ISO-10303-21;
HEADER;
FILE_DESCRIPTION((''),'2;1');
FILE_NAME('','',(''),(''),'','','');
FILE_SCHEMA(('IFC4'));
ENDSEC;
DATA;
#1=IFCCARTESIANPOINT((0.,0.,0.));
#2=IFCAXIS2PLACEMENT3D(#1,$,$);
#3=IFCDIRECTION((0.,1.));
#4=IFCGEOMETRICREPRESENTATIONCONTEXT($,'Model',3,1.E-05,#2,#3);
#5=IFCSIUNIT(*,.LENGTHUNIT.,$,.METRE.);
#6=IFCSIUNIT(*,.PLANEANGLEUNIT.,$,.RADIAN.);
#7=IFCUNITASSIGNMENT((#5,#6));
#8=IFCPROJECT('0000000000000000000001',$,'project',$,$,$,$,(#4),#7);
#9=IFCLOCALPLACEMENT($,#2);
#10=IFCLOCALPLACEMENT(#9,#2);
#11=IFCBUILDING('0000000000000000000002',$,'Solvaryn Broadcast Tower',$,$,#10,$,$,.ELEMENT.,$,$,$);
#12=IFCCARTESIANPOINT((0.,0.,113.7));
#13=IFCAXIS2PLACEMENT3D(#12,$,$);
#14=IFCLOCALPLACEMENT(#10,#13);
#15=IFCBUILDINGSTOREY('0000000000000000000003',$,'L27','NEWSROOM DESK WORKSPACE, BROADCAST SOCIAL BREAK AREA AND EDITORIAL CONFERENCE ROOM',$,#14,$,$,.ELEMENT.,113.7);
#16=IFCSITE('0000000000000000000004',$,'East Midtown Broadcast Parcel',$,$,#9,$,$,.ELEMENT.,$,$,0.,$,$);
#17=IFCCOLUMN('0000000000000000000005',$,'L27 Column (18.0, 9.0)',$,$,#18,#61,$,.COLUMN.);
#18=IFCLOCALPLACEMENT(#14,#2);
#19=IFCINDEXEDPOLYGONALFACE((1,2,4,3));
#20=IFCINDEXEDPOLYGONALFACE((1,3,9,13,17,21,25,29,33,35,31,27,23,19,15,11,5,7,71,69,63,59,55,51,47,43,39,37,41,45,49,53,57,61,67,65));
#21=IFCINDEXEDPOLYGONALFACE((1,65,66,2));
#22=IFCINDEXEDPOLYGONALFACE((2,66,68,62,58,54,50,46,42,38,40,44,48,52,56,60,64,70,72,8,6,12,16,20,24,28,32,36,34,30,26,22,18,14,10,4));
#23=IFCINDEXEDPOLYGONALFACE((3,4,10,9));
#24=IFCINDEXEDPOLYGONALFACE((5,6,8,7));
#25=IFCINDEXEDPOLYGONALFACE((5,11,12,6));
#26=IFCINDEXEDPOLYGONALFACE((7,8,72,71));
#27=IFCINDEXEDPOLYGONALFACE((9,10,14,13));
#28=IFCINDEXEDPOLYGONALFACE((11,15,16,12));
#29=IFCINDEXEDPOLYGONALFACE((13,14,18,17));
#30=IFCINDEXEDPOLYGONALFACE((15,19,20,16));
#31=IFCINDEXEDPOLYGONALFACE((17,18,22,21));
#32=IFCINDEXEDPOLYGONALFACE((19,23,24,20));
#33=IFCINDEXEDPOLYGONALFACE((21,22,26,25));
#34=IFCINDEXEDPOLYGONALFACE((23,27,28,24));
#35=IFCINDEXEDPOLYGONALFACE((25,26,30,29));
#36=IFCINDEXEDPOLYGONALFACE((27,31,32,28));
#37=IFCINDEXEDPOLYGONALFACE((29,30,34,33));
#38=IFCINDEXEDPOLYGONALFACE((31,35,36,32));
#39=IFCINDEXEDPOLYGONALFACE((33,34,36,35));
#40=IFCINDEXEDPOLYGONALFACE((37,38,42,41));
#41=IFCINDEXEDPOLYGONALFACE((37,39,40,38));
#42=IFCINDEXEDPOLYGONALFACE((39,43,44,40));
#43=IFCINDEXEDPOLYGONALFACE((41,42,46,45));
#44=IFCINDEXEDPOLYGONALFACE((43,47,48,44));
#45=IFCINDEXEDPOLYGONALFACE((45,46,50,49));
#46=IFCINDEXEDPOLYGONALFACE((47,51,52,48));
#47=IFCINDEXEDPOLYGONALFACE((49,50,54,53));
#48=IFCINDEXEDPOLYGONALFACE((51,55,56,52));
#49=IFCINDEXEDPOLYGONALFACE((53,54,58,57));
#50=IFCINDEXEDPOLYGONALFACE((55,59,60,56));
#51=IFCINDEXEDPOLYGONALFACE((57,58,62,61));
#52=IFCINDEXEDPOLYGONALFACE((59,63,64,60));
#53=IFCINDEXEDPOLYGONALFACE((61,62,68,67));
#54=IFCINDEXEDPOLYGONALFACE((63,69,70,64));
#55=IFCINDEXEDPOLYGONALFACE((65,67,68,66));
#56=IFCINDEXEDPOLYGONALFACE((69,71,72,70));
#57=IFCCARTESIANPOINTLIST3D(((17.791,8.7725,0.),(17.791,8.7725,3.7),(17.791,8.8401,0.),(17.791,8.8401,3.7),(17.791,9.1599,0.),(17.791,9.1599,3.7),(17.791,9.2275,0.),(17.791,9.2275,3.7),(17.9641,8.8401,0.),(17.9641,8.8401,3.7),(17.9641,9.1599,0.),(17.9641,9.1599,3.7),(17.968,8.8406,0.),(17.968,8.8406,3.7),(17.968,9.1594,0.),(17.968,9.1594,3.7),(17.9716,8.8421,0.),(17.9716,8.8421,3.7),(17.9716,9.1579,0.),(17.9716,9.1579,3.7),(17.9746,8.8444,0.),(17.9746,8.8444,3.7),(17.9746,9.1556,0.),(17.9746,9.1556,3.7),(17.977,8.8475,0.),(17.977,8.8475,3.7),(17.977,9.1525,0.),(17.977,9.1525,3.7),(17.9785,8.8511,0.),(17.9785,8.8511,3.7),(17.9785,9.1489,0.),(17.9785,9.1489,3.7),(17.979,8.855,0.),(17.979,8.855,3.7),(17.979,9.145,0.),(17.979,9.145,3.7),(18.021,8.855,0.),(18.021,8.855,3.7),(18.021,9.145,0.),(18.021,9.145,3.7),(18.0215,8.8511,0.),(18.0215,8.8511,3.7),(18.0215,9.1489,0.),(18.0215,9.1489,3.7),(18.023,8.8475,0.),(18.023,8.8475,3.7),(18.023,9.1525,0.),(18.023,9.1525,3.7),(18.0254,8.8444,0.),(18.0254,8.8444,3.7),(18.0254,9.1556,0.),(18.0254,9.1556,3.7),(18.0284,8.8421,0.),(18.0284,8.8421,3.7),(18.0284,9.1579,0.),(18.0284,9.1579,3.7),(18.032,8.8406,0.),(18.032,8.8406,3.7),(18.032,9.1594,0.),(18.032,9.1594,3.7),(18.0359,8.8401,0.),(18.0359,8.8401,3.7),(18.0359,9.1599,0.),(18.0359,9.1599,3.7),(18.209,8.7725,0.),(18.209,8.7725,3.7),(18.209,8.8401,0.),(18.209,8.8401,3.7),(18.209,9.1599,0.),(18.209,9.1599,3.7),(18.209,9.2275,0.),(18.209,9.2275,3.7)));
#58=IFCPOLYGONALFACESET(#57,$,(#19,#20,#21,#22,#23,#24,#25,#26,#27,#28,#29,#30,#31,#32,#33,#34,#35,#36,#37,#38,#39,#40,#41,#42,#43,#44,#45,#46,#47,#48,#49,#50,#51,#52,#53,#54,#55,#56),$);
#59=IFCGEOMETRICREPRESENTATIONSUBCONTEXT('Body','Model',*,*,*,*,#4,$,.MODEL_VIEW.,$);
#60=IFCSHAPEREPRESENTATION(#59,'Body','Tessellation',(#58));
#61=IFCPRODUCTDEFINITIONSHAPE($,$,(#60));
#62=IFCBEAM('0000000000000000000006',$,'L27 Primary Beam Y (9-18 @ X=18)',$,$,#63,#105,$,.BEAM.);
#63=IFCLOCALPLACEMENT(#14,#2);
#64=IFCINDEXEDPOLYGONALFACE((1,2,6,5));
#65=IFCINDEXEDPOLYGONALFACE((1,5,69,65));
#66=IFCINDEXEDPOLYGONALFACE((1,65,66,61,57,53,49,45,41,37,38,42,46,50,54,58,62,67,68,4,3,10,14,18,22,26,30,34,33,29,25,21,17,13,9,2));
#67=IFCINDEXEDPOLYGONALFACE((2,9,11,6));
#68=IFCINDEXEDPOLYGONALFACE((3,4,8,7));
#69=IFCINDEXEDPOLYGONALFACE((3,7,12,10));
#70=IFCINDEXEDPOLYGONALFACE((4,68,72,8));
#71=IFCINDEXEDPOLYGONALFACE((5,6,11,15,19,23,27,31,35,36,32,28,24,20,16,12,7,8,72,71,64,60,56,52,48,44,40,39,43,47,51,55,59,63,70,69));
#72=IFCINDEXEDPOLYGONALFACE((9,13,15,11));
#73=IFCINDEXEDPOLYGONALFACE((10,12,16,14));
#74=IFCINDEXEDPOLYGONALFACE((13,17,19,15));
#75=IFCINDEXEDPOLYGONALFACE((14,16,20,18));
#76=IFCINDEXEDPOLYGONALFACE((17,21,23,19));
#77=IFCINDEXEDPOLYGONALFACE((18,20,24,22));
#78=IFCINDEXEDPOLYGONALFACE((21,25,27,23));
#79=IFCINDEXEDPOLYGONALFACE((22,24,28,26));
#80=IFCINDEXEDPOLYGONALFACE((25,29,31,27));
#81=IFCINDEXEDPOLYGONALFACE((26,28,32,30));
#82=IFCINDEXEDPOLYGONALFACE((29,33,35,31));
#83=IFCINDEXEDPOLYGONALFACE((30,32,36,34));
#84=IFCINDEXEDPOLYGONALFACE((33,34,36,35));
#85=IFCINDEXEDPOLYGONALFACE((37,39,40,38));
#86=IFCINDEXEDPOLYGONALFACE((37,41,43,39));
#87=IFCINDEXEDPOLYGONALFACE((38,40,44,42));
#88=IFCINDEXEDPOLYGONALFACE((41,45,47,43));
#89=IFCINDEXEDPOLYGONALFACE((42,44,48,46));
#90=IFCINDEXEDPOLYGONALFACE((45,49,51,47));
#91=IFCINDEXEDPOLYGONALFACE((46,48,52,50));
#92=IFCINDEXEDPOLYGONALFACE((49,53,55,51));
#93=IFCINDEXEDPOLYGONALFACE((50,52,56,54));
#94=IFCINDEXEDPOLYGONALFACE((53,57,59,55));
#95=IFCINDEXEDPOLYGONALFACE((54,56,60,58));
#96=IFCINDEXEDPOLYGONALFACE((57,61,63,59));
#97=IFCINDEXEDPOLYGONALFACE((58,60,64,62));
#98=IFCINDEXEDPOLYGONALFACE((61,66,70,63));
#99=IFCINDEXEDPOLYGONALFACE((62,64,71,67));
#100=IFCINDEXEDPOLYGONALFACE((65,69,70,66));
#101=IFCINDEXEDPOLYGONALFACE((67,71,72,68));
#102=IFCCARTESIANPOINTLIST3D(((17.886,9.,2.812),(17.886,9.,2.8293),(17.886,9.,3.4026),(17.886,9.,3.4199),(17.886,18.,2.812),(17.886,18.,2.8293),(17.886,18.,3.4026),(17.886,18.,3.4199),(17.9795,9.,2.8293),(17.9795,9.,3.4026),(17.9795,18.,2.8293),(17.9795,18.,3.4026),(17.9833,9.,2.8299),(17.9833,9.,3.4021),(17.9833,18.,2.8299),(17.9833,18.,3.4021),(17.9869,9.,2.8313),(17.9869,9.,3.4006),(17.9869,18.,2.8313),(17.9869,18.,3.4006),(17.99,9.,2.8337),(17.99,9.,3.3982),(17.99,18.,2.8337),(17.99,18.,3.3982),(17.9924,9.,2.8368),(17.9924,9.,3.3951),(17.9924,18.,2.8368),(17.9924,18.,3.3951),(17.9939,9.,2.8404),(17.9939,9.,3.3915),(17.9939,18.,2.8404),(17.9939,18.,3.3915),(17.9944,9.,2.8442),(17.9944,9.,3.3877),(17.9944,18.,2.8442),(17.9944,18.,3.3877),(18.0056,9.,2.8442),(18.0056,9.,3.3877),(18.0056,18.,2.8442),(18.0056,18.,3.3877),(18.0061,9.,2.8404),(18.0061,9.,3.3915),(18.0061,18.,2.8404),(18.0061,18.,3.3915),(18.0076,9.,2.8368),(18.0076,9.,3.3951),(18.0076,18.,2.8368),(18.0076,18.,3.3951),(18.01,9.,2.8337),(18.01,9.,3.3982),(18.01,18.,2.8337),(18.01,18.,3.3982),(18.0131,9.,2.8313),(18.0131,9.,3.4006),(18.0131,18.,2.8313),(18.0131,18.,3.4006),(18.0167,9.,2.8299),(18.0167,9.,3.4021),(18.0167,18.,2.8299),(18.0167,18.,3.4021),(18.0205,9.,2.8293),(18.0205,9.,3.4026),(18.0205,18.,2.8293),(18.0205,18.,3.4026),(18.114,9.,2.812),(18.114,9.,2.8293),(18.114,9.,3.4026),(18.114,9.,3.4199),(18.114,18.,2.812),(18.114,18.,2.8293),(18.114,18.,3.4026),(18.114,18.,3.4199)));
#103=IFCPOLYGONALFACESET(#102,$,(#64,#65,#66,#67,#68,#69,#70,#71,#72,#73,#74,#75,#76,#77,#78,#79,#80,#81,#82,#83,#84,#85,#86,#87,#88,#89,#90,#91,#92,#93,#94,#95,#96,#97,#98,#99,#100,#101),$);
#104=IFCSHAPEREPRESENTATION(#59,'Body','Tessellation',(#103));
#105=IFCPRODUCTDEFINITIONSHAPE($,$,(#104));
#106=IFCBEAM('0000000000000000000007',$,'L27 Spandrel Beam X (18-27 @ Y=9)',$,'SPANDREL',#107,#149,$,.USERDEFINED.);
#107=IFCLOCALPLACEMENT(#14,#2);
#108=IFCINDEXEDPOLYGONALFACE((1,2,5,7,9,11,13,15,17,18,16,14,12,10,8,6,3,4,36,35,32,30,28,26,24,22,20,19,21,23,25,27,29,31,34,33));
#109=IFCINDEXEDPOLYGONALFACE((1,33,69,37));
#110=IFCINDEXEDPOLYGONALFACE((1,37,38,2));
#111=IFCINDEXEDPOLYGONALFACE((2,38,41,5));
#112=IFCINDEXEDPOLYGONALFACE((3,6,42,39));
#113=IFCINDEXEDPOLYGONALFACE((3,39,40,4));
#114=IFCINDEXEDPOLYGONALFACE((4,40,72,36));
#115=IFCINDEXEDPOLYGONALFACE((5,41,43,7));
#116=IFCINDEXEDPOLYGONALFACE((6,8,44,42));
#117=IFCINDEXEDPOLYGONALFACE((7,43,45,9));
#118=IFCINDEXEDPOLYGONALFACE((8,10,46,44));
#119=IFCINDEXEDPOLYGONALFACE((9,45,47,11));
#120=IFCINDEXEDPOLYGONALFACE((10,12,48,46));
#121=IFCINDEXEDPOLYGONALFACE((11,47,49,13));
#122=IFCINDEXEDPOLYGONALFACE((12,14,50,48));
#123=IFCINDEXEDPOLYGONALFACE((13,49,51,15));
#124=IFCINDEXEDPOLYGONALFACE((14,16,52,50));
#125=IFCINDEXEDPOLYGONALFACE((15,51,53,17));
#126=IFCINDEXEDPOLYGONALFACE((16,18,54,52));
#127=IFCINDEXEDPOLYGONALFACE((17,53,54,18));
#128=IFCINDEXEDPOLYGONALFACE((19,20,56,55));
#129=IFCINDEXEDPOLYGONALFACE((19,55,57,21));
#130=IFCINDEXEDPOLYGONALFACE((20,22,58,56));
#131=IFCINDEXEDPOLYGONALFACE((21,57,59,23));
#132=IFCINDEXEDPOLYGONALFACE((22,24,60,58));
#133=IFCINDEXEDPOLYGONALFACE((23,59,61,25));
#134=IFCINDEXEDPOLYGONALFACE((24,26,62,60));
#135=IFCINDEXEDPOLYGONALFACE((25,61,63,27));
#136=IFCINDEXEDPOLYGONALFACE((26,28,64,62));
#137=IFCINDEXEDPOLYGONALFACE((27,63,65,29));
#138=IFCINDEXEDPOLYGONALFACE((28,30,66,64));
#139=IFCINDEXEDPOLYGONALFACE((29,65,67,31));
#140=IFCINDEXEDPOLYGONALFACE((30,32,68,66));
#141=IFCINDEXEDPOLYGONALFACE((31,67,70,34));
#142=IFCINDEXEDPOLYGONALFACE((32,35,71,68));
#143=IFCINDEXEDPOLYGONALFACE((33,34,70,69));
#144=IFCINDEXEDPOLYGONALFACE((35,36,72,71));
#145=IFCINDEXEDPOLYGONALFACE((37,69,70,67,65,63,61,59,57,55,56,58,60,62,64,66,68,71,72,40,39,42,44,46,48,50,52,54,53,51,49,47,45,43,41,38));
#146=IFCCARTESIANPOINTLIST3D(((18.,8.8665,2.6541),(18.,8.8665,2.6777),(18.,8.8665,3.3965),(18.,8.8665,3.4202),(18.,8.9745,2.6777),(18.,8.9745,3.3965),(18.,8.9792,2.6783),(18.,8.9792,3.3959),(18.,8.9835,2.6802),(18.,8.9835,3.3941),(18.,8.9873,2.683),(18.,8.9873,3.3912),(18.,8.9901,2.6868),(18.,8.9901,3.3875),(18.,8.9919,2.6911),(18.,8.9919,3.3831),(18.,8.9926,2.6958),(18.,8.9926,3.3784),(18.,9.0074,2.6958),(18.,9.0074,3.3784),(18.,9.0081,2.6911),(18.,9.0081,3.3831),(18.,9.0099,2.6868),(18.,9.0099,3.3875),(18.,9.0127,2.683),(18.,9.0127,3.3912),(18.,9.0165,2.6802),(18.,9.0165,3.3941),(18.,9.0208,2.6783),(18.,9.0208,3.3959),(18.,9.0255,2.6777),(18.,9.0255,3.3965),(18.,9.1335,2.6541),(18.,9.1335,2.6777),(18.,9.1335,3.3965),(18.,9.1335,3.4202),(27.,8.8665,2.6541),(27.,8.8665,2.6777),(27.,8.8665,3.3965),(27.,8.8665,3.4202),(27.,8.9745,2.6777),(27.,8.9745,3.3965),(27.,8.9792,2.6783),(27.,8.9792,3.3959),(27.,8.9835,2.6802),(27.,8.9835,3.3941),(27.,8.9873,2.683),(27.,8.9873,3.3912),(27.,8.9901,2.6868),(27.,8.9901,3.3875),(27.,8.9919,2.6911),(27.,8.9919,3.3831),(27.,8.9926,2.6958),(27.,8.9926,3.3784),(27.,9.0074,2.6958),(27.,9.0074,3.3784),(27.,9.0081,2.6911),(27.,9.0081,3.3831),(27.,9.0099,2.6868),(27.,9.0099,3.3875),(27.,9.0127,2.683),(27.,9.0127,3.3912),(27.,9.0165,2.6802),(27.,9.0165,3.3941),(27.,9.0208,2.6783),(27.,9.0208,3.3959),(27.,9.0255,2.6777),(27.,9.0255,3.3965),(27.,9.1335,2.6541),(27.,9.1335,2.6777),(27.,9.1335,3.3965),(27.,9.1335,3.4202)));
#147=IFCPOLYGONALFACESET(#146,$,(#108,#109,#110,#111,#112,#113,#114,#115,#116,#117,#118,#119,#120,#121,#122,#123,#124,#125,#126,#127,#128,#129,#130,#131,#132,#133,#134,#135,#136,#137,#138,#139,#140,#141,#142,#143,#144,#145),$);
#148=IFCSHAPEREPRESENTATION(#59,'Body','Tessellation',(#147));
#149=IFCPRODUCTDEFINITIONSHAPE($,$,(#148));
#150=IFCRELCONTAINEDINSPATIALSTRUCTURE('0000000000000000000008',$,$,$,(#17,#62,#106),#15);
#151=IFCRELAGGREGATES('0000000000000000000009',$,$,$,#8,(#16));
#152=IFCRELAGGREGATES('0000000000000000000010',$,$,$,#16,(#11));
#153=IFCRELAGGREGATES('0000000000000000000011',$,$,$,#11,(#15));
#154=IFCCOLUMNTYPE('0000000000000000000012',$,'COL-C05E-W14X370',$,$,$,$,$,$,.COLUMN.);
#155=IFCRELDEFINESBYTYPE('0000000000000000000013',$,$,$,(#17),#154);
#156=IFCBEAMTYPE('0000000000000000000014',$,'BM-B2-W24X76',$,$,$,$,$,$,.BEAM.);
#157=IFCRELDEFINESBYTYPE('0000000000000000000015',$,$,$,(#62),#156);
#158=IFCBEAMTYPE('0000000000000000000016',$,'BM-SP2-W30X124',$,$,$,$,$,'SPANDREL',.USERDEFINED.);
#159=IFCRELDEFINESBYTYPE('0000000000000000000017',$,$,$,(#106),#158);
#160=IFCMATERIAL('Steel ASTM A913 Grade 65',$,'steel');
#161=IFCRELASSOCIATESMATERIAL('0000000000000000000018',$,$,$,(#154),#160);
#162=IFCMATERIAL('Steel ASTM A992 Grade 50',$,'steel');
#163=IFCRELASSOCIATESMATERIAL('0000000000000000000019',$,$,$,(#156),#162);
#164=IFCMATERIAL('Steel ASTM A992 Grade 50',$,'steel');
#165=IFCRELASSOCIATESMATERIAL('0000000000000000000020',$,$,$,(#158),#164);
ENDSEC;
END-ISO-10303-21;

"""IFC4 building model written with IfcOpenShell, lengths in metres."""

from ifc_helpers import new_model, si_unit, direction, frame, origin, origin_2d, place, context, subcontext, project, spatial, i_section, extrude, material, material_profile, profile_set, type_object, element, save


model = new_model("IFC4")

# Units and contexts
model_context = context("Model", 3, precision=1e-05, world=origin(), true_north=direction((0.0, 1.0)))
body_context = subcontext(model_context, "Body", "Model", "MODEL_VIEW")
ifc_project = project(units=[si_unit("LENGTHUNIT", "METRE"), si_unit("PLANEANGLEUNIT", "RADIAN")], contexts=[model_context])

# Site, building, storey
site_placement = place(None, origin())
site = spatial("IfcSite", under=ifc_project, at=site_placement, Name="East Midtown Broadcast Parcel", CompositionType="ELEMENT", RefElevation=0.0)
building_placement = place(site_placement, origin())
building = spatial("IfcBuilding", under=site, at=building_placement, Name="Solvaryn Broadcast Tower", CompositionType="ELEMENT")
storey_placement = place(building_placement, frame((0.0, 0.0, 113.7)))
storey = spatial("IfcBuildingStorey", under=building, at=storey_placement, Name="L27", Description="NEWSROOM DESK WORKSPACE, BROADCAST SOCIAL BREAK AREA AND EDITORIAL CONFERENCE ROOM", CompositionType="ELEMENT", Elevation=113.7)

# Column
ifc_material_1 = material(Name="Steel ASTM A913 Grade 65", Category="steel")
ifc_material_profile_1 = material_profile(ifc_material_1, i_section(OverallWidth=0.418, OverallDepth=0.4551, WebThickness=0.042, FlangeThickness=0.0676, FilletRadius=0.0149, at=origin_2d()))
ifc_profile_set_1 = profile_set([ifc_material_profile_1], Name="Steel ASTM A913 Grade 65")
column_type = type_object("IfcColumnType", Name="COL-C05E-W14X370", PredefinedType="COLUMN", material=ifc_profile_set_1)
column_placement = place(storey_placement, frame((18.0, 9.0, 0.0), z_axis=(0.0, 0.0, 1.0), x_axis=(1.0, 0.0, 0.0)))
element("IfcColumn", 1, at=column_placement, inside=storey, type_object=column_type, Name="L27 Column (18.0, 9.0)", PredefinedType="COLUMN", context=body_context, shape_type="SweptSolid", body=[
    extrude(i_section(OverallWidth=0.418, OverallDepth=0.4551, WebThickness=0.042, FlangeThickness=0.0676, FilletRadius=0.0149, at=origin_2d()), origin(), (0.0, 0.0, 1.0), 3.7),
])

# Beams
ifc_material_2 = material(Name="Steel ASTM A992 Grade 50", Category="steel")
ifc_material_profile_2 = material_profile(ifc_material_2, i_section(OverallWidth=0.228, OverallDepth=0.6079, WebThickness=0.0112, FlangeThickness=0.0173, FilletRadius=0.0149, at=origin_2d()))
ifc_profile_set_2 = profile_set([ifc_material_profile_2], Name="Steel ASTM A992 Grade 50")
beam_type_1 = type_object("IfcBeamType", Name="BM-B2-W24X76", PredefinedType="BEAM", material=ifc_profile_set_2)
beam_1_placement = place(storey_placement, frame((18.0, 9.0, 3.116), z_axis=(0.0, 1.0, 0.0), x_axis=(-1.0, 0.0, 0.0)))
element("IfcBeam", 2, at=beam_1_placement, inside=storey, type_object=beam_type_1, Name="L27 Primary Beam Y (9-18 @ X=18)", PredefinedType="BEAM", context=body_context, shape_type="SweptSolid", body=[
    extrude(i_section(OverallWidth=0.228, OverallDepth=0.6079, WebThickness=0.0112, FlangeThickness=0.0173, FilletRadius=0.0149, at=origin_2d()), origin(), (0.0, 0.0, 1.0), 9.0),
])
ifc_material_3 = material(Name="Steel ASTM A992 Grade 50", Category="steel")
ifc_material_profile_3 = material_profile(ifc_material_3, i_section(OverallWidth=0.2671, OverallDepth=0.7661, WebThickness=0.0149, FlangeThickness=0.0237, FilletRadius=0.0181, at=origin_2d()))
ifc_profile_set_3 = profile_set([ifc_material_profile_3], Name="Steel ASTM A992 Grade 50")
beam_type_2 = type_object("IfcBeamType", Name="BM-SP2-W30X124", ElementType="SPANDREL", PredefinedType="USERDEFINED", material=ifc_profile_set_3)
beam_2_placement = place(storey_placement, frame((18.0, 9.0, 3.0371), z_axis=(1.0, 0.0, 0.0), x_axis=(0.0, 1.0, 0.0)))
element("IfcBeam", 3, at=beam_2_placement, inside=storey, type_object=beam_type_2, Name="L27 Spandrel Beam X (18-27 @ Y=9)", ObjectType="SPANDREL", PredefinedType="USERDEFINED", context=body_context, shape_type="SweptSolid", body=[
    extrude(i_section(OverallWidth=0.2671, OverallDepth=0.7661, WebThickness=0.0149, FlangeThickness=0.0237, FilletRadius=0.0181, at=origin_2d()), origin(), (0.0, 0.0, 1.0), 9.0),
])

save(model, "model.ifc")
